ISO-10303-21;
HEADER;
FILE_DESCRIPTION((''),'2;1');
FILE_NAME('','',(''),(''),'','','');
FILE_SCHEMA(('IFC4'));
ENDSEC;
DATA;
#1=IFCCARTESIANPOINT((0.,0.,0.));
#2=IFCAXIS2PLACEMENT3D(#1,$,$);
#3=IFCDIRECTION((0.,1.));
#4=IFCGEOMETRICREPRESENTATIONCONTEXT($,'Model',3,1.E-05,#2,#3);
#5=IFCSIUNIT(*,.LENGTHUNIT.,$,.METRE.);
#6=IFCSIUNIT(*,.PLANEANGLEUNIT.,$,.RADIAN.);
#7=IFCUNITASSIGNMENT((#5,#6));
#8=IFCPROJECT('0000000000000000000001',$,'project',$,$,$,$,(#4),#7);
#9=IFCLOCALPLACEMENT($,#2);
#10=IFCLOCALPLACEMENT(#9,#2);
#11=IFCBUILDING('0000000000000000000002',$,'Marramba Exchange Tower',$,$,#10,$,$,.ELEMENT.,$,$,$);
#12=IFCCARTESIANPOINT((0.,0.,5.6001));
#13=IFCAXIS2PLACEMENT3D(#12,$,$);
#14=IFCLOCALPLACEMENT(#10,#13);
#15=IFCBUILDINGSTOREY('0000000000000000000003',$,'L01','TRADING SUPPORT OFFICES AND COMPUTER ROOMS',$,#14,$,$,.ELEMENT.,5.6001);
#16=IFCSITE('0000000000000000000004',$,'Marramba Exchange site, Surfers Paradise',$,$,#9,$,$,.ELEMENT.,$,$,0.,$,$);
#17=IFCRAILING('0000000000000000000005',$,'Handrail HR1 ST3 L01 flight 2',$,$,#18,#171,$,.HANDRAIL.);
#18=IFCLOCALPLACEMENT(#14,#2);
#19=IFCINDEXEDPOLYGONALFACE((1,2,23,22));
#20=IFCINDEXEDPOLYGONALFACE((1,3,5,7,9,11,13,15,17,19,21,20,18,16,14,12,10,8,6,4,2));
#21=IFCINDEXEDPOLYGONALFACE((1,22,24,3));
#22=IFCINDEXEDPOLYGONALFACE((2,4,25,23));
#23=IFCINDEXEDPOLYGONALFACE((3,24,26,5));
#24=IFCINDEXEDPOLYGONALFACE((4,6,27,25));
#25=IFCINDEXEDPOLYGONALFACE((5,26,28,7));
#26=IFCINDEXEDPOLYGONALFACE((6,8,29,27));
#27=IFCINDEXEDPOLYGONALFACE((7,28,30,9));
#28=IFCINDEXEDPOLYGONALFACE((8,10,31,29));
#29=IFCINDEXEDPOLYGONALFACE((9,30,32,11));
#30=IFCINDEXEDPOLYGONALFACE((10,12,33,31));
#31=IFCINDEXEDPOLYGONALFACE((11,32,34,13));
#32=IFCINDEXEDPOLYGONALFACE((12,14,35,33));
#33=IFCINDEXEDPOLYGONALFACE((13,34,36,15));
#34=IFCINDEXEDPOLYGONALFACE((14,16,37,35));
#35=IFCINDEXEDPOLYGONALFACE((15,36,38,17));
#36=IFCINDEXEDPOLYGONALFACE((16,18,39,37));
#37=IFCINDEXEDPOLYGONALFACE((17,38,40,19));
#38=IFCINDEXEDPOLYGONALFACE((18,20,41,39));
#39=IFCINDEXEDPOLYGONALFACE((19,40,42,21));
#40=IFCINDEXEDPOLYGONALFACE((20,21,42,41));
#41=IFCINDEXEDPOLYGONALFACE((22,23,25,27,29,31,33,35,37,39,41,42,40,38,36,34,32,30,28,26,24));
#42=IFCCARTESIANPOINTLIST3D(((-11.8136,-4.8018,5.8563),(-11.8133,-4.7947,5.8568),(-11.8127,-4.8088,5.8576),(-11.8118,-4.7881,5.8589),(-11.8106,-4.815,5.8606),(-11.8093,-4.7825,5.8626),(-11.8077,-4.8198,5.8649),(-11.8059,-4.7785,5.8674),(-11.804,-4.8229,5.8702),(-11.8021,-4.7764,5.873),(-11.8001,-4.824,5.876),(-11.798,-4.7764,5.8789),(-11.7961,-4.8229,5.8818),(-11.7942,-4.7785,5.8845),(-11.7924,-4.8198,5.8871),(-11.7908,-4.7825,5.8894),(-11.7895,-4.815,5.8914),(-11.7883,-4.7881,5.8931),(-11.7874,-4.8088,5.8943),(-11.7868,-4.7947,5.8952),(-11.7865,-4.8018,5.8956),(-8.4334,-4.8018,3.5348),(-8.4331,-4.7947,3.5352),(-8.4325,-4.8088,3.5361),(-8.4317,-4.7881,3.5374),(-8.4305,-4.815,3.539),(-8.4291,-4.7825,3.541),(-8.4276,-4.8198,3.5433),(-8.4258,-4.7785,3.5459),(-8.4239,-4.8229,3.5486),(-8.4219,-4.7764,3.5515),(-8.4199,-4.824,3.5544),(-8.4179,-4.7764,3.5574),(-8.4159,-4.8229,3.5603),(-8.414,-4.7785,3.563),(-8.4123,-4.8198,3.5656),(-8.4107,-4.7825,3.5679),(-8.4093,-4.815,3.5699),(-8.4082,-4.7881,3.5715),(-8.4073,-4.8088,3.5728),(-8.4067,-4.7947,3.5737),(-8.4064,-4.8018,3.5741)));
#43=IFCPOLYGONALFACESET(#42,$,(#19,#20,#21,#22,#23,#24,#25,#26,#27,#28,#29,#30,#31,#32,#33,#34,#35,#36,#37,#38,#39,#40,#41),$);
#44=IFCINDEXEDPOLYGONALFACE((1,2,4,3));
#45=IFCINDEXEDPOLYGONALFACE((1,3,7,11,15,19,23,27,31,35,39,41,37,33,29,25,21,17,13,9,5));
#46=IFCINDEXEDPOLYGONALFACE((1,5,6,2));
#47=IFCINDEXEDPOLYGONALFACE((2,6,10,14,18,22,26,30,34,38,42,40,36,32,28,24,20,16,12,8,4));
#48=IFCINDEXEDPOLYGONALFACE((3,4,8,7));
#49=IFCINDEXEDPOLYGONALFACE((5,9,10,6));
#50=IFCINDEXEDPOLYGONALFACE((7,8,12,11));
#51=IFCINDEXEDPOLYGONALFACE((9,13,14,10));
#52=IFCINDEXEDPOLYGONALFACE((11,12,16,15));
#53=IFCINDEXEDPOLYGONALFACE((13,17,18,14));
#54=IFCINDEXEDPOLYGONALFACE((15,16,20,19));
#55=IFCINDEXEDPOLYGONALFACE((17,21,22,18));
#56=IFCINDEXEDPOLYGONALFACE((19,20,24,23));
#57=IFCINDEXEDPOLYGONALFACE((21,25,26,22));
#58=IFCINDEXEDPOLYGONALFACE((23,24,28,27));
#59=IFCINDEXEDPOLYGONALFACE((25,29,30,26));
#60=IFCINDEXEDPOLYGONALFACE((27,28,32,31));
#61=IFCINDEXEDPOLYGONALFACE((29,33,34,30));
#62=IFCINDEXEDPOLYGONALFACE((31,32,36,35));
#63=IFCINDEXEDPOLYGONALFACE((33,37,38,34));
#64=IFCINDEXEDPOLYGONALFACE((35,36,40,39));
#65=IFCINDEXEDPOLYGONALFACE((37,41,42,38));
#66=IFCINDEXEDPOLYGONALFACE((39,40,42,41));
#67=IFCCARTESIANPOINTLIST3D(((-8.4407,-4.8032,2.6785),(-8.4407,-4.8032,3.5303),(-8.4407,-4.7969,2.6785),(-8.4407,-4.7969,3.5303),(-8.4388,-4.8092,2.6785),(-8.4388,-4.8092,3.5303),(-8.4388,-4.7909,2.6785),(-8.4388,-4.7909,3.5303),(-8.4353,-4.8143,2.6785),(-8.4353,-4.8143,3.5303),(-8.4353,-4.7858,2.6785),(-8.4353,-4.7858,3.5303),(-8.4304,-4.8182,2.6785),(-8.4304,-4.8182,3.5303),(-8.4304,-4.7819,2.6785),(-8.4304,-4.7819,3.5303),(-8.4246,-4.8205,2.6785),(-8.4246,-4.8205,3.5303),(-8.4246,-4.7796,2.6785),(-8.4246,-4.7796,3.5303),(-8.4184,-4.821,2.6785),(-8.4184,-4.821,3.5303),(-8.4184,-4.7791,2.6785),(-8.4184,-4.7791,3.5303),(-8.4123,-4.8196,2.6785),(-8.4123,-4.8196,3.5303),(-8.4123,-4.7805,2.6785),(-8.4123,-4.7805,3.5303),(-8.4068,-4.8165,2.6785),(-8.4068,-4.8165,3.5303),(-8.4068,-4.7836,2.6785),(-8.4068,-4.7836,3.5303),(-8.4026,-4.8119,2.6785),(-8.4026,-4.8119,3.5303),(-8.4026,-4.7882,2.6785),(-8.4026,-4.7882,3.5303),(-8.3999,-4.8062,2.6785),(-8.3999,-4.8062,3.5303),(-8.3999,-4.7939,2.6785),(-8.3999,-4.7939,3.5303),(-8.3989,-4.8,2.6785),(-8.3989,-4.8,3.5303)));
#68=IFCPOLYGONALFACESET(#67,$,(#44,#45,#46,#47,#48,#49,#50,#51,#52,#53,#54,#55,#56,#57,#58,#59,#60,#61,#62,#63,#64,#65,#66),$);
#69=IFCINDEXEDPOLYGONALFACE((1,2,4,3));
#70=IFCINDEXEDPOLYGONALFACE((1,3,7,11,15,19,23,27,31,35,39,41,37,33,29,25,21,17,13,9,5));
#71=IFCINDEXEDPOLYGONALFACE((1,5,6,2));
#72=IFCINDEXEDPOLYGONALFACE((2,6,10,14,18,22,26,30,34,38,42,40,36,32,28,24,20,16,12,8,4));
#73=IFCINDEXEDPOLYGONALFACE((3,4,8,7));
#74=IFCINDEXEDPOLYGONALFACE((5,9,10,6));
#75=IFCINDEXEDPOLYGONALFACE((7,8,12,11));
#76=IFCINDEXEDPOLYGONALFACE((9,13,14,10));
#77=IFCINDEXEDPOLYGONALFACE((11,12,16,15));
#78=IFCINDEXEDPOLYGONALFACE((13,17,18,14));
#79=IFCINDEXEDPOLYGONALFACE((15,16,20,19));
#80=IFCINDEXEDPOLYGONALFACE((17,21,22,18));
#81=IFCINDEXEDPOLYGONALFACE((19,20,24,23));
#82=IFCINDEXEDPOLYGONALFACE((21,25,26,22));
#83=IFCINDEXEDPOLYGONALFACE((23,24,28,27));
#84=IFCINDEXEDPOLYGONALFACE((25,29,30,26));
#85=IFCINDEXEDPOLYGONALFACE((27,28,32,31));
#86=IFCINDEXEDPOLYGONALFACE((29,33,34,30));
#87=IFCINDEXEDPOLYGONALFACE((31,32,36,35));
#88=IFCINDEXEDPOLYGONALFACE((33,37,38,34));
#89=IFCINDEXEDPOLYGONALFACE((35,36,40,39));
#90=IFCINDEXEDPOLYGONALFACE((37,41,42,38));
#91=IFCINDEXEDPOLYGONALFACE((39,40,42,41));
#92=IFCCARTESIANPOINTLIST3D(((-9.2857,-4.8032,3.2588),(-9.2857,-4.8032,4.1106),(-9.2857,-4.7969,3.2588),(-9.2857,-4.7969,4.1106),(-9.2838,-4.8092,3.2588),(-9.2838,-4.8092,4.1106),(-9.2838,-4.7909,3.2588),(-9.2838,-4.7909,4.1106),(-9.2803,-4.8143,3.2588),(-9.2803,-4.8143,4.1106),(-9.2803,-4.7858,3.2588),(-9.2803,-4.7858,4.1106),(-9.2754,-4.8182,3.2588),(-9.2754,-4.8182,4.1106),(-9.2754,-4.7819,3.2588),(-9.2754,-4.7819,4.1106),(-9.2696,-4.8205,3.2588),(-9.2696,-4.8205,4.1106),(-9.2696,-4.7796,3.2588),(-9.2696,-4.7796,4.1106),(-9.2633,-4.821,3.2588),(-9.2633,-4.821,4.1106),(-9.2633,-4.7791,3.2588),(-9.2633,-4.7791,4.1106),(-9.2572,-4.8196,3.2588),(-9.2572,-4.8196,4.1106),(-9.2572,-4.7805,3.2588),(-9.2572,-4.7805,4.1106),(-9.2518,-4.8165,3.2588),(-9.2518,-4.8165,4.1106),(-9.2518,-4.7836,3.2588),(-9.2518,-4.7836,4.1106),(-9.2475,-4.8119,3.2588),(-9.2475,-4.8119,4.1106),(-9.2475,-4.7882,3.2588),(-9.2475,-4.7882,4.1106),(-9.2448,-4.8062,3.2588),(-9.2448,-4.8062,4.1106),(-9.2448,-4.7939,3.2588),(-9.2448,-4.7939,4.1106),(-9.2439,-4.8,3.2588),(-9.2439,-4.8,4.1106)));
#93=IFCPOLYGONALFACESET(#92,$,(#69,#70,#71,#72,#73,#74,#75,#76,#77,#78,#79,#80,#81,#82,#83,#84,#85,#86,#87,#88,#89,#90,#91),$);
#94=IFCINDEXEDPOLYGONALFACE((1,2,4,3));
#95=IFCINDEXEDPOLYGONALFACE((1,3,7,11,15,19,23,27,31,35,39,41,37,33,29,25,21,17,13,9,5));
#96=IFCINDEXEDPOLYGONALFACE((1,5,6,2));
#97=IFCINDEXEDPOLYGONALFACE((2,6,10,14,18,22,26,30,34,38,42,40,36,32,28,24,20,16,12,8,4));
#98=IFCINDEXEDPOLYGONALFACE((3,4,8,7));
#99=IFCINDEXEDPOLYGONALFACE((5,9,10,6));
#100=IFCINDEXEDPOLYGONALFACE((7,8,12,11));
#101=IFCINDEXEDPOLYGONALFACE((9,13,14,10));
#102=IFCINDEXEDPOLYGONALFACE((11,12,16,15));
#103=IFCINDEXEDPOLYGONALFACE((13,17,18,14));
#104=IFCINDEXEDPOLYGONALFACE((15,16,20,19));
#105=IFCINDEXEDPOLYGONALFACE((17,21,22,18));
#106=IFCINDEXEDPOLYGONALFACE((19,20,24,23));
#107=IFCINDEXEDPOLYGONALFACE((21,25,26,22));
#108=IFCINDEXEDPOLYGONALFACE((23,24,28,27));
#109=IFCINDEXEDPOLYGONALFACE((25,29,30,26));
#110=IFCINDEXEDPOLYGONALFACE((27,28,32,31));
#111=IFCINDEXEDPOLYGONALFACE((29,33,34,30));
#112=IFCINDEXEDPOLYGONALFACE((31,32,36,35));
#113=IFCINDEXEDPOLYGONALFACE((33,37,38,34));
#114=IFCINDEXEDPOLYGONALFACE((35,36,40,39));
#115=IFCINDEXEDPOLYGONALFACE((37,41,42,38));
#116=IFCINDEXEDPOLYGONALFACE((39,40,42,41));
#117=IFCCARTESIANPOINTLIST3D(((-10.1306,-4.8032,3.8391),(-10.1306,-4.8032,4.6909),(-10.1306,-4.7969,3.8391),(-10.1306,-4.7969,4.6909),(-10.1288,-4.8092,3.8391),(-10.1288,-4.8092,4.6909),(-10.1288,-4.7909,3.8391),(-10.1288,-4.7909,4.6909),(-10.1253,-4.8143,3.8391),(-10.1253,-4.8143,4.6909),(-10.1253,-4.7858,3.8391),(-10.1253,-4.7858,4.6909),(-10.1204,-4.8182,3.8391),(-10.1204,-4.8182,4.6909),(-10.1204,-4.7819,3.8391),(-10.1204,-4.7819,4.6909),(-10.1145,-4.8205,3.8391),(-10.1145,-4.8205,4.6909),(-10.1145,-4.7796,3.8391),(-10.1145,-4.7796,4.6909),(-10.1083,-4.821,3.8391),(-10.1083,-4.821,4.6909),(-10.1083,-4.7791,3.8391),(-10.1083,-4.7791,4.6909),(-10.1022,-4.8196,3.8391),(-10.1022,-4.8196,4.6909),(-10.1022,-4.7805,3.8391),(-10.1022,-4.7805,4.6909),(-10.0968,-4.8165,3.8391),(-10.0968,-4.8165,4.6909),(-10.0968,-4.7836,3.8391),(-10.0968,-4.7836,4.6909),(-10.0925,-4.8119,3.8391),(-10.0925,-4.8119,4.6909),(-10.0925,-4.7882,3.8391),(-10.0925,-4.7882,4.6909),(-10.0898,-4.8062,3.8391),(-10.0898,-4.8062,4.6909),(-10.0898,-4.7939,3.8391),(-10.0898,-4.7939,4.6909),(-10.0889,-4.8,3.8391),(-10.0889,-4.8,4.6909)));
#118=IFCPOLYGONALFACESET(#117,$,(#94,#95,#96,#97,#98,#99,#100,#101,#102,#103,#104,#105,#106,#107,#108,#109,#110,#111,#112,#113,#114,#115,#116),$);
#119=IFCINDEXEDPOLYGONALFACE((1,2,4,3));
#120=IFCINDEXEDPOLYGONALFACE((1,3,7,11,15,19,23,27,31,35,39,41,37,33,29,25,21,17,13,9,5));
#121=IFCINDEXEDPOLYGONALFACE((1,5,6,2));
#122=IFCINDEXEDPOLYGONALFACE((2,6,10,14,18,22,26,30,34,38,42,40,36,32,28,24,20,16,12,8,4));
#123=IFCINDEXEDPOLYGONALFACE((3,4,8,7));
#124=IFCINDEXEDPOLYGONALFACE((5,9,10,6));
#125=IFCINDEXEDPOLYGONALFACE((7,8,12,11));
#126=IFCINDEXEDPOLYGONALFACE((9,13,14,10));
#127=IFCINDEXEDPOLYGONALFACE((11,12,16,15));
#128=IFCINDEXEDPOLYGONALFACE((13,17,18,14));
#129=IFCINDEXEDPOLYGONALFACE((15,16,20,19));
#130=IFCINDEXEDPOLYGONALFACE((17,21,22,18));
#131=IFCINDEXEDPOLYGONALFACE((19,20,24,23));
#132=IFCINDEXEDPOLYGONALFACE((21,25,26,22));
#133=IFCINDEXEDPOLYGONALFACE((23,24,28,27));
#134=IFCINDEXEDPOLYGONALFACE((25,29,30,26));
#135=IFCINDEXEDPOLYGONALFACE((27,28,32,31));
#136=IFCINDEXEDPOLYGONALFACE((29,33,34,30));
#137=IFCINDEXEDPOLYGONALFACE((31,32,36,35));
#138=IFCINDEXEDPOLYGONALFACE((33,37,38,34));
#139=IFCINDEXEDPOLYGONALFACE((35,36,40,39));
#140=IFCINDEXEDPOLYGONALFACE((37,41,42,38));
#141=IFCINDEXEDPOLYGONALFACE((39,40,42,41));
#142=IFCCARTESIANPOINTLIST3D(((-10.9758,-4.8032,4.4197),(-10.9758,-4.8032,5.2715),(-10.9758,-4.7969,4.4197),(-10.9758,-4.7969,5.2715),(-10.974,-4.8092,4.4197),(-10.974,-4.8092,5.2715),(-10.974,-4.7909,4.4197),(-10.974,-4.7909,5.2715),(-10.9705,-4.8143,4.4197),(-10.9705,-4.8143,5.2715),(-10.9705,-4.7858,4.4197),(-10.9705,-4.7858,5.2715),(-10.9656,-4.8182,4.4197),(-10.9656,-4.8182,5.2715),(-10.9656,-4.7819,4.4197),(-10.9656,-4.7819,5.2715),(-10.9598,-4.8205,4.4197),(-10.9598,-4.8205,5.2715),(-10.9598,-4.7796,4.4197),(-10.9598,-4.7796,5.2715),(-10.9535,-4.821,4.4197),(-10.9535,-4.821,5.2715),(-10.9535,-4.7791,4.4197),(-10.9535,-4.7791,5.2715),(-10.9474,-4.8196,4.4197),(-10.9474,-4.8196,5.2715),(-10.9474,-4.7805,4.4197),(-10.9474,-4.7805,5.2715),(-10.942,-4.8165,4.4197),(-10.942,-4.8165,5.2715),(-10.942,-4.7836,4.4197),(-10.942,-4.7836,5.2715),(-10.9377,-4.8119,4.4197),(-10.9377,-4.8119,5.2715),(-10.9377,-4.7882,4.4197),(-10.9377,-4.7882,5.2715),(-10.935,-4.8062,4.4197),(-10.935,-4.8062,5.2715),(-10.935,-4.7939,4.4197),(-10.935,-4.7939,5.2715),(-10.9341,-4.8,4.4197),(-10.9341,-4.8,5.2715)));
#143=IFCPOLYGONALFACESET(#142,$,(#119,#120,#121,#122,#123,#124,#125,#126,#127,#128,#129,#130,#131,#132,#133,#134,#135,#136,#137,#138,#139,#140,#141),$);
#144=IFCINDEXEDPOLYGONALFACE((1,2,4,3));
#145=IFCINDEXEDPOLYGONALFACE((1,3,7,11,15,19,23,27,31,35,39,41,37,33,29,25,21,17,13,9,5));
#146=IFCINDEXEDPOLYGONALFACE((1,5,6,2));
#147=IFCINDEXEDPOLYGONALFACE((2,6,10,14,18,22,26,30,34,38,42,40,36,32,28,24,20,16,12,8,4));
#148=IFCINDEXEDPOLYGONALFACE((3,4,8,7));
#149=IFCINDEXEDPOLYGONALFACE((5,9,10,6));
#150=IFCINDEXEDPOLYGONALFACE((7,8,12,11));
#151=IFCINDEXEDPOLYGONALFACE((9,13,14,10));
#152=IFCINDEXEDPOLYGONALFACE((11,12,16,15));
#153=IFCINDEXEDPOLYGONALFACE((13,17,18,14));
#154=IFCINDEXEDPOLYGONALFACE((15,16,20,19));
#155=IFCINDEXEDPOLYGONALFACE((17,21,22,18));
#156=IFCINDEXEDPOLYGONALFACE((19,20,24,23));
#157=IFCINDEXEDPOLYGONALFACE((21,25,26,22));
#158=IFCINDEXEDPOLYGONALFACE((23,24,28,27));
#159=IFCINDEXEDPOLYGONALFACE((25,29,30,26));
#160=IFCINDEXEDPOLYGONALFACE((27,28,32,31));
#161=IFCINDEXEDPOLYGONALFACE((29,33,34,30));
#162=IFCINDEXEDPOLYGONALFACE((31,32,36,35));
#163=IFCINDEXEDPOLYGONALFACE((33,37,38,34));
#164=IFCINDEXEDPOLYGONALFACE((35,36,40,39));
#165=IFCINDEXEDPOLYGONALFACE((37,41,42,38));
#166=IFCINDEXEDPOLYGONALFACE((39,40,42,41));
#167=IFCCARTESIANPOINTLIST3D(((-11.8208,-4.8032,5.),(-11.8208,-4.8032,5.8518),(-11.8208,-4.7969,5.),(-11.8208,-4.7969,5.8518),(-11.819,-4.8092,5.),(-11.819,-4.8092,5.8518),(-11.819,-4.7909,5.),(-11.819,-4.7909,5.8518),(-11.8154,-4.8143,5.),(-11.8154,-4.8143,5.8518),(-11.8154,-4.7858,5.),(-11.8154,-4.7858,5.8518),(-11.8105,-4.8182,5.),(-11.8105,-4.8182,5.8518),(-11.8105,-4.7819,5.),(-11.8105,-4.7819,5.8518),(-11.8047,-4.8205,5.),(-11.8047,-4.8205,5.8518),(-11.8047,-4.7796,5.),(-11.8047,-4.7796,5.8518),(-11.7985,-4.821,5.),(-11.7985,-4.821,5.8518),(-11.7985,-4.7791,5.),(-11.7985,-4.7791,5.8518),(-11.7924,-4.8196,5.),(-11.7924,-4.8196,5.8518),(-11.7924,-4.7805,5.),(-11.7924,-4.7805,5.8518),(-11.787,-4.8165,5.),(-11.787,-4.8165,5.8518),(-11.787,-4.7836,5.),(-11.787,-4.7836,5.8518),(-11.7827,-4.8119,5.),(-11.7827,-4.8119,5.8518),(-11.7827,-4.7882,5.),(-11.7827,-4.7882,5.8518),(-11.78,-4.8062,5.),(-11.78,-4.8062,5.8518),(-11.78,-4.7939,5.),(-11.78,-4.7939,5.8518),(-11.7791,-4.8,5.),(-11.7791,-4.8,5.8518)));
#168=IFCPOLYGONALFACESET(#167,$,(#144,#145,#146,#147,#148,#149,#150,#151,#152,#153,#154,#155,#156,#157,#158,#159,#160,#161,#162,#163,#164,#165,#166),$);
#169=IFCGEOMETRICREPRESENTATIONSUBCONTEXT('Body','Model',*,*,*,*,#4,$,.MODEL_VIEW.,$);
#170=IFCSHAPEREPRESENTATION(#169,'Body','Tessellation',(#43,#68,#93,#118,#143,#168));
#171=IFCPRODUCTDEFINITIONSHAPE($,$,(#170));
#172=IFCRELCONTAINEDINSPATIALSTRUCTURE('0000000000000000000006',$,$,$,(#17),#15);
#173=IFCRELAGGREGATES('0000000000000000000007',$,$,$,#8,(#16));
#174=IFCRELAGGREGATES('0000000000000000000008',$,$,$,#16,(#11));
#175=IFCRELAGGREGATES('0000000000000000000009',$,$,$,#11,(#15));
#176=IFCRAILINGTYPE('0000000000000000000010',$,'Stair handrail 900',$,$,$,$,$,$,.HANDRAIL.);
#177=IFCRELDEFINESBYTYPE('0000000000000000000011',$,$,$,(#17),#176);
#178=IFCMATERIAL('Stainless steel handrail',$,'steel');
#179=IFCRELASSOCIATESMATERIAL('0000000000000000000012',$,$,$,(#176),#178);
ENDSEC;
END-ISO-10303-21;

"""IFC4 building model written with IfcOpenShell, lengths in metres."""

from ifc_helpers import new_model, si_unit, direction, frame, origin, origin_2d, place, context, subcontext, project, spatial, circle, extrude, material, type_object, element, save


model = new_model("IFC4")

# Units and contexts
model_context = context("Model", 3, precision=1e-05, world=origin(), true_north=direction((0.0, 1.0)))
body_context = subcontext(model_context, "Body", "Model", "MODEL_VIEW")
ifc_project = project(units=[si_unit("LENGTHUNIT", "METRE"), si_unit("PLANEANGLEUNIT", "RADIAN")], contexts=[model_context])

# Site, building, storey
site_placement = place(None, origin())
site = spatial("IfcSite", under=ifc_project, at=site_placement, Name="Marramba Exchange site, Surfers Paradise", CompositionType="ELEMENT", RefElevation=0.0)
building_placement = place(site_placement, origin())
building = spatial("IfcBuilding", under=site, at=building_placement, Name="Marramba Exchange Tower", CompositionType="ELEMENT")
storey_placement = place(building_placement, frame((0.0, 0.0, 5.6001)))
storey = spatial("IfcBuildingStorey", under=building, at=storey_placement, Name="L01", Description="TRADING SUPPORT OFFICES AND COMPUTER ROOMS", CompositionType="ELEMENT", Elevation=5.6001)

# Railing
ifc_material_1 = material(Name="Stainless steel handrail", Category="steel")
railing_type_1 = type_object("IfcRailingType", Name="Stair handrail 900", PredefinedType="HANDRAIL", material=ifc_material_1)
railing_1_placement = place(storey_placement, frame((-8.4199, -4.8, 2.6785)))
element("IfcRailing", 1, at=railing_1_placement, inside=storey, type_object=railing_type_1, Name="Handrail HR1 ST3 L01 flight 2", PredefinedType="HANDRAIL", context=body_context, shape_type="SweptSolid", body=[
    extrude(circle(Radius=0.0239, at=origin_2d()), frame((0.0, 0.0, 0.876), z_axis=(-0.824304, 0.0, 0.566147), x_axis=(0.0, -1.0, 0.0)), (0.0, 0.0, 1.0), 4.1006),
    extrude(circle(Radius=0.021, at=origin_2d()), origin(), (0.0, 0.0, 1.0), 0.8518),
    extrude(circle(Radius=0.021, at=origin_2d()), frame((-0.845, 0.0, 0.5803)), (0.0, 0.0, 1.0), 0.8518),
    extrude(circle(Radius=0.021, at=origin_2d()), frame((-1.6899, 0.0, 1.1606)), (0.0, 0.0, 1.0), 0.8518),
    extrude(circle(Radius=0.021, at=origin_2d()), frame((-2.5352, 0.0, 1.7412)), (0.0, 0.0, 1.0), 0.8518),
    extrude(circle(Radius=0.021, at=origin_2d()), frame((-3.3801, 0.0, 2.3215)), (0.0, 0.0, 1.0), 0.8518),
])

save(model, "model.ifc")
